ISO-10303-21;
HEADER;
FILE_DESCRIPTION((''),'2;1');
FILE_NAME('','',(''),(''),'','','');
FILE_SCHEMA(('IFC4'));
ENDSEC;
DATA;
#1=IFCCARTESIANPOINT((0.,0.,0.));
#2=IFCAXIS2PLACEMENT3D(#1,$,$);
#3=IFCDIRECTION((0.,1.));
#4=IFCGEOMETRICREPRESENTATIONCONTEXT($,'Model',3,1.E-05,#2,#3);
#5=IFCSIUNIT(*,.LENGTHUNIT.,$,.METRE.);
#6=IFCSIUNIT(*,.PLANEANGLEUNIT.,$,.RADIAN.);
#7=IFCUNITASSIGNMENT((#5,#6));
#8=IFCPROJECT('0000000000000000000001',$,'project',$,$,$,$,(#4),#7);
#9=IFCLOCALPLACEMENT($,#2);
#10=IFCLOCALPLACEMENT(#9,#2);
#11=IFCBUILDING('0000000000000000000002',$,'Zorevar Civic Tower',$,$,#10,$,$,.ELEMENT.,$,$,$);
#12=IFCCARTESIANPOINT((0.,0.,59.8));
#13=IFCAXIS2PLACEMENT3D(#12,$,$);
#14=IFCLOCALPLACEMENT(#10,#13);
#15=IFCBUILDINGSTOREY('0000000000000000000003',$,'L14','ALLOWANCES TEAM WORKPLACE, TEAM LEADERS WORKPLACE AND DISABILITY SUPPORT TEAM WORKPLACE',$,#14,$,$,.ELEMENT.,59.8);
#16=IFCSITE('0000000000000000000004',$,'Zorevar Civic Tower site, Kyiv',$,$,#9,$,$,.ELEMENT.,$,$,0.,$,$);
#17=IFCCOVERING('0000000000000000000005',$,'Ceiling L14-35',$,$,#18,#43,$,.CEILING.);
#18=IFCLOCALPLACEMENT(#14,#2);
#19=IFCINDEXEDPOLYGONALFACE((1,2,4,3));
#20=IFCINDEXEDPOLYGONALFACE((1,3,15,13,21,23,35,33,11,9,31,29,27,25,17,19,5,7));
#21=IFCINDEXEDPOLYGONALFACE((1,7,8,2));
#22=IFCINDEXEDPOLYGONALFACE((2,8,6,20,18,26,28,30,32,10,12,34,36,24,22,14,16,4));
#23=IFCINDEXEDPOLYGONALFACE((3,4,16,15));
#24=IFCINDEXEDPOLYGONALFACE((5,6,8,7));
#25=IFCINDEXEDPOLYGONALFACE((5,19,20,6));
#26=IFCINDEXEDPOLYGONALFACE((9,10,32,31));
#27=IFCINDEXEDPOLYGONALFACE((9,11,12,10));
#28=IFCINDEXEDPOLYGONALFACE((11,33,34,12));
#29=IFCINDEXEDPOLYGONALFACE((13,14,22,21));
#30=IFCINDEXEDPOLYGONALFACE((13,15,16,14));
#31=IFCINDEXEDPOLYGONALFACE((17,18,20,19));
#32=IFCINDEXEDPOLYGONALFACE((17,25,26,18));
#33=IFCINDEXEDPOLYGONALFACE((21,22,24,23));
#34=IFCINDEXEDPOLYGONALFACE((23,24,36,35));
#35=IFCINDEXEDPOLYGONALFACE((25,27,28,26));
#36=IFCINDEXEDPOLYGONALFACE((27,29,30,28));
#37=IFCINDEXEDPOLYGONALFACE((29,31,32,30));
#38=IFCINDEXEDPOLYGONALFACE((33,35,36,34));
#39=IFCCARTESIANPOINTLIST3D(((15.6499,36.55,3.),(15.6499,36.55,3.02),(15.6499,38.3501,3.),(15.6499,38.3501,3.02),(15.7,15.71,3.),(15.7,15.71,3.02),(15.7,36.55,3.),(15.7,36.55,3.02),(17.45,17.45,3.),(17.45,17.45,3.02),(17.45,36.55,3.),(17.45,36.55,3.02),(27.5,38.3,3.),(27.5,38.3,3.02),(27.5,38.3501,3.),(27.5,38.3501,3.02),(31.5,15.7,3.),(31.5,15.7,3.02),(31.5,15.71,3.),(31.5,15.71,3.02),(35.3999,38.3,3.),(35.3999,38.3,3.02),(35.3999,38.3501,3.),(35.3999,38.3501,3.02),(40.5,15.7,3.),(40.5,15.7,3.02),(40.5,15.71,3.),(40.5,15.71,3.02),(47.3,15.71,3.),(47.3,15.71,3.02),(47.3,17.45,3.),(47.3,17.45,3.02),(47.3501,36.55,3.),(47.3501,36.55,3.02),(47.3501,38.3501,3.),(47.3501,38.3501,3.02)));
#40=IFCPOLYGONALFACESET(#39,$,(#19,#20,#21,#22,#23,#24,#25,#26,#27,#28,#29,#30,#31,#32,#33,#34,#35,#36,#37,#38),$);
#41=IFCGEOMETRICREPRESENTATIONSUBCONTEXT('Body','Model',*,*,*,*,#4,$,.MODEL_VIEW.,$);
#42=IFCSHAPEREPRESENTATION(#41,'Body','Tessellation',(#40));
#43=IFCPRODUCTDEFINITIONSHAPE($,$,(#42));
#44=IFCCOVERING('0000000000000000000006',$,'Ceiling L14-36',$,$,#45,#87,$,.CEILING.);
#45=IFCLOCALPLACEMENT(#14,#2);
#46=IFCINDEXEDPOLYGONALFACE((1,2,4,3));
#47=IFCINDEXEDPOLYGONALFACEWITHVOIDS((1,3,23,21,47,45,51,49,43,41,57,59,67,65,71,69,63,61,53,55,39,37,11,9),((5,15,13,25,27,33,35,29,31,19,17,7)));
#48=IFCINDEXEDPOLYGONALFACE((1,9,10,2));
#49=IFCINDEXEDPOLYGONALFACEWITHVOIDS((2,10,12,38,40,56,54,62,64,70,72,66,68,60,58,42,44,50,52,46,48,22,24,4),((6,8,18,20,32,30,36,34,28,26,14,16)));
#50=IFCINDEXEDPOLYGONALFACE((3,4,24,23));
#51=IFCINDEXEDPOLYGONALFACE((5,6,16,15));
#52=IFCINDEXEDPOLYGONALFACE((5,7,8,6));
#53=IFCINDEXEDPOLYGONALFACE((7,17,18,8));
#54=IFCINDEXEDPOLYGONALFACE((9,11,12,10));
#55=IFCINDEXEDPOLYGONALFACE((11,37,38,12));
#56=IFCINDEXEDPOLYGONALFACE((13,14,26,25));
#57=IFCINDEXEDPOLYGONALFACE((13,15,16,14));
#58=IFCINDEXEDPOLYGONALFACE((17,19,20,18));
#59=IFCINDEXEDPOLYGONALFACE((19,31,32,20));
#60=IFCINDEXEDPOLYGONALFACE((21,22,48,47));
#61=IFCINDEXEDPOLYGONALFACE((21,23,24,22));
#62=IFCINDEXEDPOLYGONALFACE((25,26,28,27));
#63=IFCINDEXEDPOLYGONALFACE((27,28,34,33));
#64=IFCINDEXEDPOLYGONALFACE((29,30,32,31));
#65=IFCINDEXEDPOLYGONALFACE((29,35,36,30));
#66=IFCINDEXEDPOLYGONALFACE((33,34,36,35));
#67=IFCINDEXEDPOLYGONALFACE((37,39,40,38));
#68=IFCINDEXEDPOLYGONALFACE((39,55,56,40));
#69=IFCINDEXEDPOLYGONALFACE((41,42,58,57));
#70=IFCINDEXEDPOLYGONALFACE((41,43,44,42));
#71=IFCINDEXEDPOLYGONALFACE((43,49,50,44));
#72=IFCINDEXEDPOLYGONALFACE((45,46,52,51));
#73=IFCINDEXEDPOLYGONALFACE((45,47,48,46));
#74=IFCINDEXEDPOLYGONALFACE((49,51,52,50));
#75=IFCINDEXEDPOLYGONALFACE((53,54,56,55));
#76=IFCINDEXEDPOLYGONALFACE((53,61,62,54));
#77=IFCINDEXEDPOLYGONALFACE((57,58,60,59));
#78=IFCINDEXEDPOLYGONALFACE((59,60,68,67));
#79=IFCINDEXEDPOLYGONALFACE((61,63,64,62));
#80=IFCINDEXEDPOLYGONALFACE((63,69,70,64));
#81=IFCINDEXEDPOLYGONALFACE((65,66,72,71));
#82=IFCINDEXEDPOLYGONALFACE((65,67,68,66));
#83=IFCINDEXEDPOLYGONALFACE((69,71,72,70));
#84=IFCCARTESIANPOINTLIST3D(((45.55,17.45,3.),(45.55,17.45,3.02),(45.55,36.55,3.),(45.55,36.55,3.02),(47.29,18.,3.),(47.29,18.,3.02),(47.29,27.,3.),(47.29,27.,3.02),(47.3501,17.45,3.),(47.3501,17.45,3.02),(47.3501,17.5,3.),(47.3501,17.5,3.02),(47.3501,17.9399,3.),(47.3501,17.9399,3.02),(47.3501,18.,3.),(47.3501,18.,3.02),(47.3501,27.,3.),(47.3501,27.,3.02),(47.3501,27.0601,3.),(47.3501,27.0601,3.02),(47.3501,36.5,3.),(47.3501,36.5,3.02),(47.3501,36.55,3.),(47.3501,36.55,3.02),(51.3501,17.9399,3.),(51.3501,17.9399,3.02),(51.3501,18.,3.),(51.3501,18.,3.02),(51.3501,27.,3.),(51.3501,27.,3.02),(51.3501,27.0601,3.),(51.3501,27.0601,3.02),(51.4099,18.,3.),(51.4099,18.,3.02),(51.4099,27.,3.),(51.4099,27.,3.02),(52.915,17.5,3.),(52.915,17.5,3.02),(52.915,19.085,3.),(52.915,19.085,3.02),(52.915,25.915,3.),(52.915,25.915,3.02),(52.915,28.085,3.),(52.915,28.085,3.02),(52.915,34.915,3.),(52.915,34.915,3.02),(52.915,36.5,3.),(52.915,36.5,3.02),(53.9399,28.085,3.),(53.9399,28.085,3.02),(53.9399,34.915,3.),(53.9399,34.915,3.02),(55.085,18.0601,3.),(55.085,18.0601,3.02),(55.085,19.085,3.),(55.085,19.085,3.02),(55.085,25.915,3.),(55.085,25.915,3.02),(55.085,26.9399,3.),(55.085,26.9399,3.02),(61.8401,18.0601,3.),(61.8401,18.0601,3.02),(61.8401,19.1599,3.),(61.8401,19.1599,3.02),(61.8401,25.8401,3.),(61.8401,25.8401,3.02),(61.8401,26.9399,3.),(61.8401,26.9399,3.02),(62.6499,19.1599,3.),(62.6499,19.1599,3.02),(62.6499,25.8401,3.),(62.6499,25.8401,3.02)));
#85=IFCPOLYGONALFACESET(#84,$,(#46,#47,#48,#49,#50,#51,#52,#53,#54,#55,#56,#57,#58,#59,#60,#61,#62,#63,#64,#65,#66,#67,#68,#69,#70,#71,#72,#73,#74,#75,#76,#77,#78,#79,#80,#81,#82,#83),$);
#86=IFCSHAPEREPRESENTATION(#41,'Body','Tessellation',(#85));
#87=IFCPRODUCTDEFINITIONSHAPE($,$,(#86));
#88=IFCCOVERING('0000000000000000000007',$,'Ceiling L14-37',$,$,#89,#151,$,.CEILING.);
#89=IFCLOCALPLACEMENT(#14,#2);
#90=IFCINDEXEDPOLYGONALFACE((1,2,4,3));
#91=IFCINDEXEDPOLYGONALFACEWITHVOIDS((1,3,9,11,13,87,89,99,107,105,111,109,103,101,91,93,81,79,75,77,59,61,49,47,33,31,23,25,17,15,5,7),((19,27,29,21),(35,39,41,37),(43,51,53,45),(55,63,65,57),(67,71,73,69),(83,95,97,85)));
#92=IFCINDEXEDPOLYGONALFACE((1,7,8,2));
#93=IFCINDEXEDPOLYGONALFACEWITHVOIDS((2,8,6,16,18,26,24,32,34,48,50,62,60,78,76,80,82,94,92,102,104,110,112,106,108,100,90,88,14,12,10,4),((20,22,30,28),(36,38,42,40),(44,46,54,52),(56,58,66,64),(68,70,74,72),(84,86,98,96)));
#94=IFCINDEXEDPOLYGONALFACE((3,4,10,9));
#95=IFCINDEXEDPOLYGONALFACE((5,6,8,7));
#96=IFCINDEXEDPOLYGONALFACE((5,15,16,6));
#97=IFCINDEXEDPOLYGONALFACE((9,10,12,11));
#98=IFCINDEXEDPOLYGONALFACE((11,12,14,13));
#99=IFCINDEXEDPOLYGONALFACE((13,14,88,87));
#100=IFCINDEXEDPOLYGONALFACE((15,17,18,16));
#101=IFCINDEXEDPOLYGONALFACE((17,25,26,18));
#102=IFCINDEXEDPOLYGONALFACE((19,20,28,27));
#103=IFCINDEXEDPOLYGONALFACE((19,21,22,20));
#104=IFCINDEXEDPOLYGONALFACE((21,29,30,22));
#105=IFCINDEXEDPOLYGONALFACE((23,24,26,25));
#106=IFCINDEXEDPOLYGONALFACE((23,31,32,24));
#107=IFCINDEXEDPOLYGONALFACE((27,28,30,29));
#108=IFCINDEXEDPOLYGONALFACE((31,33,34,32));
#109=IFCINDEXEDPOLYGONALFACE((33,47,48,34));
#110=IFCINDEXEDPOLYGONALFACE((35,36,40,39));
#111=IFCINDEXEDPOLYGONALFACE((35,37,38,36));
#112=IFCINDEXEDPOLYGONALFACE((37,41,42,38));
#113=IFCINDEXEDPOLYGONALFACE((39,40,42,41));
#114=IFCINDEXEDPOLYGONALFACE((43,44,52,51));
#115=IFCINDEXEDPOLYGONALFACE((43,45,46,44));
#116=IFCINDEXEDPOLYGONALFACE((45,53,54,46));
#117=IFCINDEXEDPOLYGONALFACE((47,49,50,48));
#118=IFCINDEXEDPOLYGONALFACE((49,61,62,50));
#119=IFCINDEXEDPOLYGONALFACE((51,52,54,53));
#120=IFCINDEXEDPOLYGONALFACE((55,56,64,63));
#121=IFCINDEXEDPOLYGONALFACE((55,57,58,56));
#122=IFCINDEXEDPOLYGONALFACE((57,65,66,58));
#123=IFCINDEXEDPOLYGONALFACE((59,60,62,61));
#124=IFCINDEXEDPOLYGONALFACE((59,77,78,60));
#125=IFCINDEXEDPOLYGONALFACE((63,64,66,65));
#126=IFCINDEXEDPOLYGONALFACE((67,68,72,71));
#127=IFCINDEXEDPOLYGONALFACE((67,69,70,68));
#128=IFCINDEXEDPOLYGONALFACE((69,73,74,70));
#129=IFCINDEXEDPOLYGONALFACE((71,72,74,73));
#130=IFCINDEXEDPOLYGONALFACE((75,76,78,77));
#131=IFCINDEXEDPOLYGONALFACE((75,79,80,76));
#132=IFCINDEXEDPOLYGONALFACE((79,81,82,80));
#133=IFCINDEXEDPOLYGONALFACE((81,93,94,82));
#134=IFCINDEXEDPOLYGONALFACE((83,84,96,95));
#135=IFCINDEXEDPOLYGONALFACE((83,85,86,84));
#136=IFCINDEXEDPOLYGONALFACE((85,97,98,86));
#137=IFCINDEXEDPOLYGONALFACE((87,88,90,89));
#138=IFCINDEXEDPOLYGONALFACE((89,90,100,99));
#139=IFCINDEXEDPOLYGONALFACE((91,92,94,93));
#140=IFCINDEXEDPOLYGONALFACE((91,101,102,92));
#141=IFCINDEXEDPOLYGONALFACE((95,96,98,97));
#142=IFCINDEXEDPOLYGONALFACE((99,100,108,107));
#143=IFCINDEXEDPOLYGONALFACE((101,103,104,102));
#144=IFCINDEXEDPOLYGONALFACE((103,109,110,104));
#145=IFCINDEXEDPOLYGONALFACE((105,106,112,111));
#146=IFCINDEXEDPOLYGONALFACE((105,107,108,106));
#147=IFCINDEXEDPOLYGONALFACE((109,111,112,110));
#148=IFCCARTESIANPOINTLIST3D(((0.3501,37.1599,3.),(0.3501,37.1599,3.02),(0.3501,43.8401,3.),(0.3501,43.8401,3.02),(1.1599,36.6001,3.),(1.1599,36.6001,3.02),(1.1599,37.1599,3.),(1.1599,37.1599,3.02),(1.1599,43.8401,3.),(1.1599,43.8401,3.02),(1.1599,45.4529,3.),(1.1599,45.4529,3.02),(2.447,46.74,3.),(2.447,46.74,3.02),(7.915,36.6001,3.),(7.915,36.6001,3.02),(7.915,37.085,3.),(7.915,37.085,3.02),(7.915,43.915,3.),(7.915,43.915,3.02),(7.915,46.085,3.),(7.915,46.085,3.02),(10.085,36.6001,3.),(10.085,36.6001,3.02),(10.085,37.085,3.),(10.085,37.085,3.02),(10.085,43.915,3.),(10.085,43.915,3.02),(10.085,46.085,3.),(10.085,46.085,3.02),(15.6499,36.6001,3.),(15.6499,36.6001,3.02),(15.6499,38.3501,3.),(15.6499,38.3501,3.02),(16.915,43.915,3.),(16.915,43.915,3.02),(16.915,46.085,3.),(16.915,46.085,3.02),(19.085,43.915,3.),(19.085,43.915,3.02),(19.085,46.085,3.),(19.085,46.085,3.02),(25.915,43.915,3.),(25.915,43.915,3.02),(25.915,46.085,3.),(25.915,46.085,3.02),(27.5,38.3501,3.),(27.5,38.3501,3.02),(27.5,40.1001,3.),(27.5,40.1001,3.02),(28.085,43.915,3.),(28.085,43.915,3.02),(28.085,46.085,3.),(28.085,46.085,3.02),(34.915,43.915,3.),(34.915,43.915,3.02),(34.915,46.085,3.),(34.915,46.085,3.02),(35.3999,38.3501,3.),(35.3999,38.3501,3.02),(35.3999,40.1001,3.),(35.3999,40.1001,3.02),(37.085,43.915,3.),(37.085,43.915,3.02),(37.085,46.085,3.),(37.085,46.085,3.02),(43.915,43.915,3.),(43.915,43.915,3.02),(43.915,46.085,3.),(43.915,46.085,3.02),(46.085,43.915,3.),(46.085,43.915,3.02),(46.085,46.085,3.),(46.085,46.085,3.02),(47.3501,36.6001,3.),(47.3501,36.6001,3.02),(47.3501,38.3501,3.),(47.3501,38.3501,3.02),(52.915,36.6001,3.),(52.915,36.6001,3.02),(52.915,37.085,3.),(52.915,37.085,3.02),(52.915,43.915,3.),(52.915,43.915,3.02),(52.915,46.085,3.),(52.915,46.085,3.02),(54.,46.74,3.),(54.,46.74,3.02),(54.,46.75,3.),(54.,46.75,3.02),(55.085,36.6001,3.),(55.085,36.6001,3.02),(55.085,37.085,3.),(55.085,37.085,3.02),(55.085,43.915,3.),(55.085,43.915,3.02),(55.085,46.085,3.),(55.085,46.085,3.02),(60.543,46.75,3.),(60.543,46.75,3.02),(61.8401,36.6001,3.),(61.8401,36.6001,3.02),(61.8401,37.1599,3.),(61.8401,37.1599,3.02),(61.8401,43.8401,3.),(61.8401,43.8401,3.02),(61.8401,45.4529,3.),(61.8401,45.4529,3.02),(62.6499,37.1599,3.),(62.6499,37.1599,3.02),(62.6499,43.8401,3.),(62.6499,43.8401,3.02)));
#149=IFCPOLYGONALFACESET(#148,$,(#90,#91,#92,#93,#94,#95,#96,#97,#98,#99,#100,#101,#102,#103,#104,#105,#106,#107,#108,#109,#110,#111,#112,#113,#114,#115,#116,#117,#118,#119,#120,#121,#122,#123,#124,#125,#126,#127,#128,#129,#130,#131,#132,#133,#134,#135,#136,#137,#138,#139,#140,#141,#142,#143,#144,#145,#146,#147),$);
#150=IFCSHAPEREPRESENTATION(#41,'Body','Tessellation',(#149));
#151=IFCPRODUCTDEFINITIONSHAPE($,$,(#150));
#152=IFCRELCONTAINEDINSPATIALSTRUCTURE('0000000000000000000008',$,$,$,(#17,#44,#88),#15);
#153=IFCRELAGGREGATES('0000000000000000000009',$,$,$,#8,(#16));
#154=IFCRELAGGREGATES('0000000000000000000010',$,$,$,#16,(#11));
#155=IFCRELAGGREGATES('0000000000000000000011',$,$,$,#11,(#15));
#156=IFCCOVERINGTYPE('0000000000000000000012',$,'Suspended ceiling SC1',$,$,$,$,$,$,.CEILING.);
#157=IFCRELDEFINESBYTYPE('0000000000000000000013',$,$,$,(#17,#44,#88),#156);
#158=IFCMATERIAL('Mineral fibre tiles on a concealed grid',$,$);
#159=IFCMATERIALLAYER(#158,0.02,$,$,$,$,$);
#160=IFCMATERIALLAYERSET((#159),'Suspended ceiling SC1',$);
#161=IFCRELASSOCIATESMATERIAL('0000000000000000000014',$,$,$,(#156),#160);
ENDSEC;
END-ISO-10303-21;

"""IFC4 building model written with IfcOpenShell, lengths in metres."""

from ifc_helpers import new_model, si_unit, direction, frame, origin, place, context, subcontext, project, spatial, polyline, outline, extrude, material, layer, layer_set, type_object, element, save


model = new_model("IFC4")

# Units and contexts
model_context = context("Model", 3, precision=1e-05, world=origin(), true_north=direction((0.0, 1.0)))
body_context = subcontext(model_context, "Body", "Model", "MODEL_VIEW")
ifc_project = project(units=[si_unit("LENGTHUNIT", "METRE"), si_unit("PLANEANGLEUNIT", "RADIAN")], contexts=[model_context])

# Site, building, storey
site_placement = place(None, origin())
site = spatial("IfcSite", under=ifc_project, at=site_placement, Name="Zorevar Civic Tower site, Kyiv", CompositionType="ELEMENT", RefElevation=0.0)
building_placement = place(site_placement, origin())
building = spatial("IfcBuilding", under=site, at=building_placement, Name="Zorevar Civic Tower", CompositionType="ELEMENT")
storey_placement = place(building_placement, frame((0.0, 0.0, 59.8)))
storey = spatial("IfcBuildingStorey", under=building, at=storey_placement, Name="L14", Description="ALLOWANCES TEAM WORKPLACE, TEAM LEADERS WORKPLACE AND DISABILITY SUPPORT TEAM WORKPLACE", CompositionType="ELEMENT", Elevation=59.8)

# Coverings
ifc_material_1 = material(Name="Mineral fibre tiles on a concealed grid")
ifc_layer_1 = layer(ifc_material_1, 0.02)
ifc_layer_set_1 = layer_set([ifc_layer_1], Name="Suspended ceiling SC1")
covering_type_1 = type_object("IfcCoveringType", Name="Suspended ceiling SC1", PredefinedType="CEILING", material=ifc_layer_set_1)
covering_1_placement = place(storey_placement, frame((0.0, 0.0, 3.0)))
element("IfcCovering", 1, at=covering_1_placement, inside=storey, type_object=covering_type_1, Name="Ceiling L14-35", PredefinedType="CEILING", context=body_context, shape_type="SweptSolid", body=[
    extrude(outline(polyline([(17.45, 36.55), (17.45, 17.45), (47.3, 17.45), (47.3, 15.71), (40.5, 15.71), (40.5, 15.7), (31.5, 15.7), (31.5, 15.71), (15.7, 15.71), (15.7, 36.55), (15.6499, 36.55), (15.6499, 38.3501), (27.5, 38.3501), (27.5, 38.3), (35.3999, 38.3), (35.3999, 38.3501), (47.3501, 38.3501), (47.3501, 36.55), (17.45, 36.55)])), origin(), (0.0, 0.0, 1.0), 0.02),
])
covering_2_placement = place(storey_placement, frame((0.0, 0.0, 3.0)))
element("IfcCovering", 2, at=covering_2_placement, inside=storey, type_object=covering_type_1, Name="Ceiling L14-36", PredefinedType="CEILING", context=body_context, shape_type="SweptSolid", body=[
    extrude(outline(polyline([(62.6499, 19.1599), (61.8401, 19.1599), (61.8401, 18.0601), (55.085, 18.0601), (55.085, 19.085), (52.915, 19.085), (52.915, 17.5), (47.3501, 17.5), (47.3501, 17.45), (45.55, 17.45), (45.55, 36.55), (47.3501, 36.55), (47.3501, 36.5), (52.915, 36.5), (52.915, 34.915), (53.9399, 34.915), (53.9399, 28.085), (52.915, 28.085), (52.915, 25.915), (55.085, 25.915), (55.085, 26.9399), (61.8401, 26.9399), (61.8401, 25.8401), (62.6499, 25.8401), (62.6499, 19.1599)]), holes=[polyline([(47.3501, 27.0), (47.29, 27.0), (47.29, 18.0), (47.3501, 18.0), (47.3501, 17.9399), (51.3501, 17.9399), (51.3501, 18.0), (51.4099, 18.0), (51.4099, 27.0), (51.3501, 27.0), (51.3501, 27.0601), (47.3501, 27.0601), (47.3501, 27.0)])]), origin(), (0.0, 0.0, 1.0), 0.02),
])
covering_3_placement = place(storey_placement, frame((0.0, 0.0, 3.0)))
element("IfcCovering", 3, at=covering_3_placement, inside=storey, type_object=covering_type_1, Name="Ceiling L14-37", PredefinedType="CEILING", context=body_context, shape_type="SweptSolid", body=[
    extrude(outline(polyline([(7.915, 37.085), (7.915, 36.6001), (1.1599, 36.6001), (1.1599, 37.1599), (0.3501, 37.1599), (0.3501, 43.8401), (1.1599, 43.8401), (1.1599, 45.4529), (2.447, 46.74), (54.0, 46.74), (54.0, 46.75), (60.543, 46.75), (61.8401, 45.4529), (61.8401, 43.8401), (62.6499, 43.8401), (62.6499, 37.1599), (61.8401, 37.1599), (61.8401, 36.6001), (55.085, 36.6001), (55.085, 37.085), (52.915, 37.085), (52.915, 36.6001), (47.3501, 36.6001), (47.3501, 38.3501), (35.3999, 38.3501), (35.3999, 40.1001), (27.5, 40.1001), (27.5, 38.3501), (15.6499, 38.3501), (15.6499, 36.6001), (10.085, 36.6001), (10.085, 37.085), (7.915, 37.085)]), holes=[polyline([(10.085, 43.915), (10.085, 46.085), (7.915, 46.085), (7.915, 43.915), (10.085, 43.915)]), polyline([(16.915, 43.915), (19.085, 43.915), (19.085, 46.085), (16.915, 46.085), (16.915, 43.915)]), polyline([(25.915, 46.085), (25.915, 43.915), (28.085, 43.915), (28.085, 46.085), (25.915, 46.085)]), polyline([(37.085, 46.085), (34.915, 46.085), (34.915, 43.915), (37.085, 43.915), (37.085, 46.085)]), polyline([(46.085, 43.915), (46.085, 46.085), (43.915, 46.085), (43.915, 43.915), (46.085, 43.915)]), polyline([(52.915, 46.085), (52.915, 43.915), (55.085, 43.915), (55.085, 46.085), (52.915, 46.085)])]), origin(), (0.0, 0.0, 1.0), 0.02),
])

save(model, "model.ifc")
